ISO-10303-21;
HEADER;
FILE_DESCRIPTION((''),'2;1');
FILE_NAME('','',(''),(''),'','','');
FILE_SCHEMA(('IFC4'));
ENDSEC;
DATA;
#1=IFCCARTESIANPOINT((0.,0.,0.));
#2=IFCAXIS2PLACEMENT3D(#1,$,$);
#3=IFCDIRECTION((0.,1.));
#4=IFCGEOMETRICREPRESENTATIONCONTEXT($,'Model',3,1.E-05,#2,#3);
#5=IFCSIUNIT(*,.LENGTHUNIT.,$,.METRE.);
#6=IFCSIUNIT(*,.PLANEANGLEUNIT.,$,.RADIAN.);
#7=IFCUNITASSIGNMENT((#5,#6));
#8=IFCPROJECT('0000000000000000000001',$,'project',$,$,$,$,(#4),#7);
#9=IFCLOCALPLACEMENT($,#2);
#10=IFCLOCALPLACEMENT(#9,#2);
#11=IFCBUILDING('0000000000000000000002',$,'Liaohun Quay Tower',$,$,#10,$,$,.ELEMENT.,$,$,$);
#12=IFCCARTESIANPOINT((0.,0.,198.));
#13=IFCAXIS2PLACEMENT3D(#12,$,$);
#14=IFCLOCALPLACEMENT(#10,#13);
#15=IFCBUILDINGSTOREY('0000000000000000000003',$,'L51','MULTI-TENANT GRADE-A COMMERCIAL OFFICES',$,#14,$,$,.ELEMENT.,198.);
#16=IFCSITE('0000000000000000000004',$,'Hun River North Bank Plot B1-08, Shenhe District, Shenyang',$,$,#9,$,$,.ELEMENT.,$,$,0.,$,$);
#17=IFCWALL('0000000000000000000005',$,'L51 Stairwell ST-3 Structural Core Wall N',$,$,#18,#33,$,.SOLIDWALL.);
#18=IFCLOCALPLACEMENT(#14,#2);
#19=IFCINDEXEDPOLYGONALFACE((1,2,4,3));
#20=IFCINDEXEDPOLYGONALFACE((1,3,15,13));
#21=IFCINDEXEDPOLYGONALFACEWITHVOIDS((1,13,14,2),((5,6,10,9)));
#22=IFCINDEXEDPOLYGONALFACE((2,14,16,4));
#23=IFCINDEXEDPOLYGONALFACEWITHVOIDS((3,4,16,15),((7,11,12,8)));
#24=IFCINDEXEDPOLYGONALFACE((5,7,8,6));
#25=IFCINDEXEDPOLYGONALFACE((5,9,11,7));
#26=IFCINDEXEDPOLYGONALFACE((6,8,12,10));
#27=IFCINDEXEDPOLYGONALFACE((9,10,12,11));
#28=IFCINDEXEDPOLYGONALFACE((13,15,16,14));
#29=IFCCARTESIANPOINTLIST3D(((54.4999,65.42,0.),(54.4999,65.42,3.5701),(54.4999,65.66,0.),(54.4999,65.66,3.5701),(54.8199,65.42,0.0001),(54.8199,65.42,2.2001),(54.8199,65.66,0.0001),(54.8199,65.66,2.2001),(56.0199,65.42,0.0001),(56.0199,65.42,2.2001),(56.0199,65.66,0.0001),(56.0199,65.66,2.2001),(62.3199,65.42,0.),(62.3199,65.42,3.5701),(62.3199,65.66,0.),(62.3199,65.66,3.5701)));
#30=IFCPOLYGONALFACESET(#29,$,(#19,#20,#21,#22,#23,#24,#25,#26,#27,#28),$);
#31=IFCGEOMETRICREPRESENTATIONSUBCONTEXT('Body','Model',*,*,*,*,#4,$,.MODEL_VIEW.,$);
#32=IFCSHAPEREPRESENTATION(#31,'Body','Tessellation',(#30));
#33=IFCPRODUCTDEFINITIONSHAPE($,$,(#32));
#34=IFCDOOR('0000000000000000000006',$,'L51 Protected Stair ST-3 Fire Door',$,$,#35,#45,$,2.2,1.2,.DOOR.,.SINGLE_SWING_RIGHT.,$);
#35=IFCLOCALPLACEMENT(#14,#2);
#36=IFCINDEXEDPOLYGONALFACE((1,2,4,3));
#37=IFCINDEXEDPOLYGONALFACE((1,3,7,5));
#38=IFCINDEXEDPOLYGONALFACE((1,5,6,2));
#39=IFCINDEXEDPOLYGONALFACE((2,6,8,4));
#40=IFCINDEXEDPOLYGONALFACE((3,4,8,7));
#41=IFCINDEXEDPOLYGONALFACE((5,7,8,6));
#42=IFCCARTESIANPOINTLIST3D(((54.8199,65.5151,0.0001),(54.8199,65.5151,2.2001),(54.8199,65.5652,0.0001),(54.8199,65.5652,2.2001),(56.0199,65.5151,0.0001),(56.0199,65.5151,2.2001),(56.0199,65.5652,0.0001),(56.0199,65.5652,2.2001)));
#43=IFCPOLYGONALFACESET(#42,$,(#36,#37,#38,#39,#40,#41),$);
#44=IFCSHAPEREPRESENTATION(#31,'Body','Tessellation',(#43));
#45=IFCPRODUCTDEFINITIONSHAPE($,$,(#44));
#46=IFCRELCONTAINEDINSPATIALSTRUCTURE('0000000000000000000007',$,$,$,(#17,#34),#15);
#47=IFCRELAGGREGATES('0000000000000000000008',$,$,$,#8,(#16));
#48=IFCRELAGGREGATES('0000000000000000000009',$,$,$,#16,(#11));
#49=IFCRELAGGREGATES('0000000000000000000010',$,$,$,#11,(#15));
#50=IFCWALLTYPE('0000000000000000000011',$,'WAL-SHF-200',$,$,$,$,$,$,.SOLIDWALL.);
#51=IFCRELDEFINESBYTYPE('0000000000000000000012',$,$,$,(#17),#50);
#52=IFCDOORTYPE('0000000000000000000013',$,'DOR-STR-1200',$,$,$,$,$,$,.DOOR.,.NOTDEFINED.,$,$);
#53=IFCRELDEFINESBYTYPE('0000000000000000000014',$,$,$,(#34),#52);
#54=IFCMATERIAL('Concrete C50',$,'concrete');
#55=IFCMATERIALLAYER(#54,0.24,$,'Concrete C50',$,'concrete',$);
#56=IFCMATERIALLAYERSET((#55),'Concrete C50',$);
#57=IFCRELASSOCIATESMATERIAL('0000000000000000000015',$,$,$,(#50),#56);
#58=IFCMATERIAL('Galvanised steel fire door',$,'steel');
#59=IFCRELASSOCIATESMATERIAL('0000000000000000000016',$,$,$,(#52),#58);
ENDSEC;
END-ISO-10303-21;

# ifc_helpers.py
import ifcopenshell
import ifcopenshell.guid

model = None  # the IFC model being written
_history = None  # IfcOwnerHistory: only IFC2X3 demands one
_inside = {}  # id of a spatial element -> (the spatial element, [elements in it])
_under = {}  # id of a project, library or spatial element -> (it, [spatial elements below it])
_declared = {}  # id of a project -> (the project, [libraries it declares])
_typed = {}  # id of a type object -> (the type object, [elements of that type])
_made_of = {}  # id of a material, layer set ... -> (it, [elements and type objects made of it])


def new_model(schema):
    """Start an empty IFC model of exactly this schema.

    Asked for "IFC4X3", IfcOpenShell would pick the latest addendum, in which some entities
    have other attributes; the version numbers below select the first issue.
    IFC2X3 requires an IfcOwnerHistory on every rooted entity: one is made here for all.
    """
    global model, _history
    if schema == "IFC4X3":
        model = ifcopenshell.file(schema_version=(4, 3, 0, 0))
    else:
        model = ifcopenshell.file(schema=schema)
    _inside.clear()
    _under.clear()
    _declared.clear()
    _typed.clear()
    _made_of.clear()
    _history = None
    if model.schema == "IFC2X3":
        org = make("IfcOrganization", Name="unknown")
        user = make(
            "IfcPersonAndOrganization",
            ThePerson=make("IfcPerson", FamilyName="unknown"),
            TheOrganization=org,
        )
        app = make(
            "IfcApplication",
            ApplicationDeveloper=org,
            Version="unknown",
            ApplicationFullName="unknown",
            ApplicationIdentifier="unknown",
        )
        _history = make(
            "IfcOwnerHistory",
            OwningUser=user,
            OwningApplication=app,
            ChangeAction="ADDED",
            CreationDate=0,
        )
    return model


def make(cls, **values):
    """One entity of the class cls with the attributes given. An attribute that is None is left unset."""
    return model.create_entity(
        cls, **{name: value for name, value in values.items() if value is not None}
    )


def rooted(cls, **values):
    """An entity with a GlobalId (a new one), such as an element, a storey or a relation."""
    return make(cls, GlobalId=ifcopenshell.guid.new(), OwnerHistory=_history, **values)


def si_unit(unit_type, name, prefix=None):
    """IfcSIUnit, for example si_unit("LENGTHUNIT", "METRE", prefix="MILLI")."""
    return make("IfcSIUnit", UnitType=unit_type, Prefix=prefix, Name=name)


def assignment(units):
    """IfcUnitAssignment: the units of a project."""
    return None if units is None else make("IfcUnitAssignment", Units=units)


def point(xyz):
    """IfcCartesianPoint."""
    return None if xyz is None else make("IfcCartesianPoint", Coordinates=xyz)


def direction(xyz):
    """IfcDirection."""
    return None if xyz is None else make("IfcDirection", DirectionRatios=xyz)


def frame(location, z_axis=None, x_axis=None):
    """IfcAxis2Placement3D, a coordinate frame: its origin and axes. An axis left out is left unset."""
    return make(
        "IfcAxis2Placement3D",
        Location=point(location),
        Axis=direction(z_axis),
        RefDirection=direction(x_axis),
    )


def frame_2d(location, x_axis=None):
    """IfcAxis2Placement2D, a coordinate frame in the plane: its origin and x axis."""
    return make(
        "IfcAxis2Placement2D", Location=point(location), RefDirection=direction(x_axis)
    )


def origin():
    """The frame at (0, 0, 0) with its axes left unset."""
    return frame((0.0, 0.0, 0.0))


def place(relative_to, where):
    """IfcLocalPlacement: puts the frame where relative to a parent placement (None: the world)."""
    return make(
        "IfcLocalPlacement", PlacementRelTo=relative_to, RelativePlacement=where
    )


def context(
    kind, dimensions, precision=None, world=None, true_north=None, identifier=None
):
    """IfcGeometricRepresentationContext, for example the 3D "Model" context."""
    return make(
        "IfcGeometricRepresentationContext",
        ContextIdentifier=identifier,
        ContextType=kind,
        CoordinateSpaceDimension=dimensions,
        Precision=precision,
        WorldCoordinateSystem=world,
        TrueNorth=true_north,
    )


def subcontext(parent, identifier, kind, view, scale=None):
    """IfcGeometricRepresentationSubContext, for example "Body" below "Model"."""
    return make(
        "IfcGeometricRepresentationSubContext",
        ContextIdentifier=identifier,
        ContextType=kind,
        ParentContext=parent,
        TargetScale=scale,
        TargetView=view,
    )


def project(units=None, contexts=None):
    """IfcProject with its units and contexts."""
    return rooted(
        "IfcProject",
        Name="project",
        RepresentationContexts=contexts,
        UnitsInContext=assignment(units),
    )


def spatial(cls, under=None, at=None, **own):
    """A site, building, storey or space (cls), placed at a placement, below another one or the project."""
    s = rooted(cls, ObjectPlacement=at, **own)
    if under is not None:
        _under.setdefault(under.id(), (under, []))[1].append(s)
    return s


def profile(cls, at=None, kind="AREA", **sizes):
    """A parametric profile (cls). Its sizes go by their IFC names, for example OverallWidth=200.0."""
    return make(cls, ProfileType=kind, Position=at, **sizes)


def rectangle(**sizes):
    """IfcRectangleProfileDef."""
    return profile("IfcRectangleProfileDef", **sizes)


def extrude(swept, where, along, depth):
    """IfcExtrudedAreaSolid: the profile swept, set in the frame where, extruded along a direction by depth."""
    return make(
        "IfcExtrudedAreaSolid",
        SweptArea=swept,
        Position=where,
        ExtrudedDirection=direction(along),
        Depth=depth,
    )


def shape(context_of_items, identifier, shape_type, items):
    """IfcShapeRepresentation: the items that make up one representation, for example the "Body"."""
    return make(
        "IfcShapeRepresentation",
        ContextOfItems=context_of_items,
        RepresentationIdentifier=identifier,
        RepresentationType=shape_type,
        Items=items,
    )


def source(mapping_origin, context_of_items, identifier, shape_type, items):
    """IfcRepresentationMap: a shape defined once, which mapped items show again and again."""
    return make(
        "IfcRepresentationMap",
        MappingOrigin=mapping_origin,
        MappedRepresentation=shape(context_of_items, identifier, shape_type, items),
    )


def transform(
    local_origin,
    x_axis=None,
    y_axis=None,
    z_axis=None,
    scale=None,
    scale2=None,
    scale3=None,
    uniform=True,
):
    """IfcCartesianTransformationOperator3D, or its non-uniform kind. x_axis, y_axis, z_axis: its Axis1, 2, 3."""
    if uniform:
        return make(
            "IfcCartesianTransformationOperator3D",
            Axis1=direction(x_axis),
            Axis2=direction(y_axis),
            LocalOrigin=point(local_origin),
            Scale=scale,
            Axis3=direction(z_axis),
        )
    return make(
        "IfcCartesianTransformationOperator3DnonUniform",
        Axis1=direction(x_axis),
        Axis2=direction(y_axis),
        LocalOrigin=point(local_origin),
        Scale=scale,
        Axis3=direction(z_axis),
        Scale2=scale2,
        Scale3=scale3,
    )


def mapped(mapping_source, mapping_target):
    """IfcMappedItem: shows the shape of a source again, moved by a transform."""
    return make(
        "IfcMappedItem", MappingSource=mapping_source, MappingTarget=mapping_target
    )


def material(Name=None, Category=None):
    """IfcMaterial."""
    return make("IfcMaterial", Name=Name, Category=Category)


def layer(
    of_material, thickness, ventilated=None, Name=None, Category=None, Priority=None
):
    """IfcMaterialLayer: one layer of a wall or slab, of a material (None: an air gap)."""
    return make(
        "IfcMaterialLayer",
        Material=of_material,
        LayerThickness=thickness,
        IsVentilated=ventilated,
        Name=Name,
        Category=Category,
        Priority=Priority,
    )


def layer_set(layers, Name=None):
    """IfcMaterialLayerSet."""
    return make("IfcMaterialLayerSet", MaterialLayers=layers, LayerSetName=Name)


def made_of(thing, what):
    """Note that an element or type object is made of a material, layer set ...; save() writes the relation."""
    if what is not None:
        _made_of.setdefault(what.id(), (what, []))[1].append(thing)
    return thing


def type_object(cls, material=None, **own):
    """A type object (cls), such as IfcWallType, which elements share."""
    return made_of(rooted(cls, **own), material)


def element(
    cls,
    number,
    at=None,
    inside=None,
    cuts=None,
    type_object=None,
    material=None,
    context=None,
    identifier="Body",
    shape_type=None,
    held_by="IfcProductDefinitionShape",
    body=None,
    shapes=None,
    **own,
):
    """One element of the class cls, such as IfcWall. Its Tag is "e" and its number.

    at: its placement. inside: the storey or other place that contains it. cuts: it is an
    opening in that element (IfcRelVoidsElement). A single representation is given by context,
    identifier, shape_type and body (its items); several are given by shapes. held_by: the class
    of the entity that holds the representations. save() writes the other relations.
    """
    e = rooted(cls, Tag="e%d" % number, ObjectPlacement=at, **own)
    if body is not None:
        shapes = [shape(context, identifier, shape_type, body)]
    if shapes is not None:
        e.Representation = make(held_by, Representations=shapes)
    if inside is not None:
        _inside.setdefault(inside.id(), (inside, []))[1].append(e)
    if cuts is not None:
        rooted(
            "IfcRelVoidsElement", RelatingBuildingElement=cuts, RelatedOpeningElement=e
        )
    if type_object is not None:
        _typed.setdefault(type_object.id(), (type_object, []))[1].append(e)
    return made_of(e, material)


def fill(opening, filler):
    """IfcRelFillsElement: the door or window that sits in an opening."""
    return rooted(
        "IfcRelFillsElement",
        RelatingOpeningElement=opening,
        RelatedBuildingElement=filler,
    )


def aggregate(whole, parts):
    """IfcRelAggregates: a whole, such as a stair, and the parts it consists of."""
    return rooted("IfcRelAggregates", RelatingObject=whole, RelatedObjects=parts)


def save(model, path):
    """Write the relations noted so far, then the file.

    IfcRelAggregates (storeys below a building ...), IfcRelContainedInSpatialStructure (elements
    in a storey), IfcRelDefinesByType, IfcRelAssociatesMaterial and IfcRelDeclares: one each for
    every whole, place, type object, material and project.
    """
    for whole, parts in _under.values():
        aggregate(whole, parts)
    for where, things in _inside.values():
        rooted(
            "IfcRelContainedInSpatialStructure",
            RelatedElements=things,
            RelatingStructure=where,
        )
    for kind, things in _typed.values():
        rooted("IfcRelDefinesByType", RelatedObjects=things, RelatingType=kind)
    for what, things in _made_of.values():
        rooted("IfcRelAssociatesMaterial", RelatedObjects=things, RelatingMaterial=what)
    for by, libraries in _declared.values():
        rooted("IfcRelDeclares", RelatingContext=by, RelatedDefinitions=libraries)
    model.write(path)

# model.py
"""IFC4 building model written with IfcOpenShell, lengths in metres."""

from ifc_helpers import new_model, si_unit, direction, frame, frame_2d, origin, place, context, subcontext, project, spatial, rectangle, extrude, source, transform, mapped, material, layer, layer_set, type_object, element, fill, save


model = new_model("IFC4")

# Units and contexts
model_context = context("Model", 3, precision=1e-05, world=origin(), true_north=direction((0.0, 1.0)))
body_context = subcontext(model_context, "Body", "Model", "MODEL_VIEW")
ifc_project = project(units=[si_unit("LENGTHUNIT", "METRE"), si_unit("PLANEANGLEUNIT", "RADIAN")], contexts=[model_context])

# Site, building, storey
site_placement = place(None, origin())
site = spatial("IfcSite", under=ifc_project, at=site_placement, Name="Hun River North Bank Plot B1-08, Shenhe District, Shenyang", CompositionType="ELEMENT", RefElevation=0.0)
building_placement = place(site_placement, origin())
building = spatial("IfcBuilding", under=site, at=building_placement, Name="Liaohun Quay Tower", CompositionType="ELEMENT")
storey_placement = place(building_placement, frame((0.0, 0.0, 198.0)))
storey = spatial("IfcBuildingStorey", under=building, at=storey_placement, Name="L51", Description="MULTI-TENANT GRADE-A COMMERCIAL OFFICES", CompositionType="ELEMENT", Elevation=198.0)

# Shared definitions
ifc_material_1 = material(Name="Concrete C50", Category="concrete")
ifc_layer_1 = layer(ifc_material_1, 0.24, Name="Concrete C50", Category="concrete")
ifc_layer_set_1 = layer_set([ifc_layer_1], Name="Concrete C50")
wall_type_1 = type_object("IfcWallType", Name="WAL-SHF-200", PredefinedType="SOLIDWALL", material=ifc_layer_set_1)

# Wall, opening, door
wall_1_placement = place(storey_placement, frame((62.3201, 65.54, 0.0), z_axis=(0.0, 0.0, 1.0), x_axis=(-1.0, 0.0, 0.0)))
wall_1 = element("IfcWall", 1, at=wall_1_placement, inside=storey, type_object=wall_type_1, Name="L51 Stairwell ST-3 Structural Core Wall N", PredefinedType="SOLIDWALL", context=body_context, shape_type="SweptSolid", body=[
    extrude(rectangle(XDim=7.8201, YDim=0.24, at=frame_2d((3.9102, 0.0))), origin(), (0.0, 0.0, 1.0), 3.5701),
])
shared_shape_1 = source(origin(), body_context, "Body", "SweptSolid", [
    extrude(rectangle(XDim=1.2, YDim=2.2, at=frame_2d((0.6001, 1.1001))), frame((0.0, 0.1299, 0.0), z_axis=(0.0, -1.0, 0.0), x_axis=(1.0, 0.0, 0.0)), (0.0, 0.0, 1.0), 0.26),
])
opening_1_placement = place(wall_1_placement, frame((6.3, 0.0, 0.0)))
opening_1 = element("IfcOpeningElement", 2, at=opening_1_placement, cuts=wall_1, PredefinedType="OPENING", context=body_context, shape_type="MappedRepresentation", body=[
    mapped(shared_shape_1, transform((0.0, 0.0, 0.0), x_axis=(1.0, 0.0, 0.0), y_axis=(0.0, 1.0, 0.0), z_axis=(0.0, 0.0, 1.0), scale=1.0)),
])
ifc_material_2 = material(Name="Galvanised steel fire door", Category="steel")
door_type_1 = type_object("IfcDoorType", Name="DOR-STR-1200", OperationType="NOTDEFINED", PredefinedType="DOOR", material=ifc_material_2)
shared_shape_2 = source(origin(), body_context, "Body", "SweptSolid", [
    extrude(rectangle(XDim=1.2, YDim=2.2, at=frame_2d((0.6001, 1.1001))), frame((0.0, 0.0249, 0.0), z_axis=(0.0, -1.0, 0.0), x_axis=(1.0, 0.0, 0.0)), (0.0, 0.0, 1.0), 0.05),
])
door_1_placement = place(opening_1_placement, origin())
door_1 = element("IfcDoor", 3, at=door_1_placement, inside=storey, type_object=door_type_1, Name="L51 Protected Stair ST-3 Fire Door", OperationType="SINGLE_SWING_RIGHT", OverallHeight=2.2, OverallWidth=1.2, PredefinedType="DOOR", context=body_context, shape_type="MappedRepresentation", body=[
    mapped(shared_shape_2, transform((0.0, 0.0, 0.0), x_axis=(1.0, 0.0, 0.0), y_axis=(0.0, 1.0, 0.0), z_axis=(0.0, 0.0, 1.0), scale=1.0)),
])
fill(opening_1, door_1)

save(model, "model.ifc")
